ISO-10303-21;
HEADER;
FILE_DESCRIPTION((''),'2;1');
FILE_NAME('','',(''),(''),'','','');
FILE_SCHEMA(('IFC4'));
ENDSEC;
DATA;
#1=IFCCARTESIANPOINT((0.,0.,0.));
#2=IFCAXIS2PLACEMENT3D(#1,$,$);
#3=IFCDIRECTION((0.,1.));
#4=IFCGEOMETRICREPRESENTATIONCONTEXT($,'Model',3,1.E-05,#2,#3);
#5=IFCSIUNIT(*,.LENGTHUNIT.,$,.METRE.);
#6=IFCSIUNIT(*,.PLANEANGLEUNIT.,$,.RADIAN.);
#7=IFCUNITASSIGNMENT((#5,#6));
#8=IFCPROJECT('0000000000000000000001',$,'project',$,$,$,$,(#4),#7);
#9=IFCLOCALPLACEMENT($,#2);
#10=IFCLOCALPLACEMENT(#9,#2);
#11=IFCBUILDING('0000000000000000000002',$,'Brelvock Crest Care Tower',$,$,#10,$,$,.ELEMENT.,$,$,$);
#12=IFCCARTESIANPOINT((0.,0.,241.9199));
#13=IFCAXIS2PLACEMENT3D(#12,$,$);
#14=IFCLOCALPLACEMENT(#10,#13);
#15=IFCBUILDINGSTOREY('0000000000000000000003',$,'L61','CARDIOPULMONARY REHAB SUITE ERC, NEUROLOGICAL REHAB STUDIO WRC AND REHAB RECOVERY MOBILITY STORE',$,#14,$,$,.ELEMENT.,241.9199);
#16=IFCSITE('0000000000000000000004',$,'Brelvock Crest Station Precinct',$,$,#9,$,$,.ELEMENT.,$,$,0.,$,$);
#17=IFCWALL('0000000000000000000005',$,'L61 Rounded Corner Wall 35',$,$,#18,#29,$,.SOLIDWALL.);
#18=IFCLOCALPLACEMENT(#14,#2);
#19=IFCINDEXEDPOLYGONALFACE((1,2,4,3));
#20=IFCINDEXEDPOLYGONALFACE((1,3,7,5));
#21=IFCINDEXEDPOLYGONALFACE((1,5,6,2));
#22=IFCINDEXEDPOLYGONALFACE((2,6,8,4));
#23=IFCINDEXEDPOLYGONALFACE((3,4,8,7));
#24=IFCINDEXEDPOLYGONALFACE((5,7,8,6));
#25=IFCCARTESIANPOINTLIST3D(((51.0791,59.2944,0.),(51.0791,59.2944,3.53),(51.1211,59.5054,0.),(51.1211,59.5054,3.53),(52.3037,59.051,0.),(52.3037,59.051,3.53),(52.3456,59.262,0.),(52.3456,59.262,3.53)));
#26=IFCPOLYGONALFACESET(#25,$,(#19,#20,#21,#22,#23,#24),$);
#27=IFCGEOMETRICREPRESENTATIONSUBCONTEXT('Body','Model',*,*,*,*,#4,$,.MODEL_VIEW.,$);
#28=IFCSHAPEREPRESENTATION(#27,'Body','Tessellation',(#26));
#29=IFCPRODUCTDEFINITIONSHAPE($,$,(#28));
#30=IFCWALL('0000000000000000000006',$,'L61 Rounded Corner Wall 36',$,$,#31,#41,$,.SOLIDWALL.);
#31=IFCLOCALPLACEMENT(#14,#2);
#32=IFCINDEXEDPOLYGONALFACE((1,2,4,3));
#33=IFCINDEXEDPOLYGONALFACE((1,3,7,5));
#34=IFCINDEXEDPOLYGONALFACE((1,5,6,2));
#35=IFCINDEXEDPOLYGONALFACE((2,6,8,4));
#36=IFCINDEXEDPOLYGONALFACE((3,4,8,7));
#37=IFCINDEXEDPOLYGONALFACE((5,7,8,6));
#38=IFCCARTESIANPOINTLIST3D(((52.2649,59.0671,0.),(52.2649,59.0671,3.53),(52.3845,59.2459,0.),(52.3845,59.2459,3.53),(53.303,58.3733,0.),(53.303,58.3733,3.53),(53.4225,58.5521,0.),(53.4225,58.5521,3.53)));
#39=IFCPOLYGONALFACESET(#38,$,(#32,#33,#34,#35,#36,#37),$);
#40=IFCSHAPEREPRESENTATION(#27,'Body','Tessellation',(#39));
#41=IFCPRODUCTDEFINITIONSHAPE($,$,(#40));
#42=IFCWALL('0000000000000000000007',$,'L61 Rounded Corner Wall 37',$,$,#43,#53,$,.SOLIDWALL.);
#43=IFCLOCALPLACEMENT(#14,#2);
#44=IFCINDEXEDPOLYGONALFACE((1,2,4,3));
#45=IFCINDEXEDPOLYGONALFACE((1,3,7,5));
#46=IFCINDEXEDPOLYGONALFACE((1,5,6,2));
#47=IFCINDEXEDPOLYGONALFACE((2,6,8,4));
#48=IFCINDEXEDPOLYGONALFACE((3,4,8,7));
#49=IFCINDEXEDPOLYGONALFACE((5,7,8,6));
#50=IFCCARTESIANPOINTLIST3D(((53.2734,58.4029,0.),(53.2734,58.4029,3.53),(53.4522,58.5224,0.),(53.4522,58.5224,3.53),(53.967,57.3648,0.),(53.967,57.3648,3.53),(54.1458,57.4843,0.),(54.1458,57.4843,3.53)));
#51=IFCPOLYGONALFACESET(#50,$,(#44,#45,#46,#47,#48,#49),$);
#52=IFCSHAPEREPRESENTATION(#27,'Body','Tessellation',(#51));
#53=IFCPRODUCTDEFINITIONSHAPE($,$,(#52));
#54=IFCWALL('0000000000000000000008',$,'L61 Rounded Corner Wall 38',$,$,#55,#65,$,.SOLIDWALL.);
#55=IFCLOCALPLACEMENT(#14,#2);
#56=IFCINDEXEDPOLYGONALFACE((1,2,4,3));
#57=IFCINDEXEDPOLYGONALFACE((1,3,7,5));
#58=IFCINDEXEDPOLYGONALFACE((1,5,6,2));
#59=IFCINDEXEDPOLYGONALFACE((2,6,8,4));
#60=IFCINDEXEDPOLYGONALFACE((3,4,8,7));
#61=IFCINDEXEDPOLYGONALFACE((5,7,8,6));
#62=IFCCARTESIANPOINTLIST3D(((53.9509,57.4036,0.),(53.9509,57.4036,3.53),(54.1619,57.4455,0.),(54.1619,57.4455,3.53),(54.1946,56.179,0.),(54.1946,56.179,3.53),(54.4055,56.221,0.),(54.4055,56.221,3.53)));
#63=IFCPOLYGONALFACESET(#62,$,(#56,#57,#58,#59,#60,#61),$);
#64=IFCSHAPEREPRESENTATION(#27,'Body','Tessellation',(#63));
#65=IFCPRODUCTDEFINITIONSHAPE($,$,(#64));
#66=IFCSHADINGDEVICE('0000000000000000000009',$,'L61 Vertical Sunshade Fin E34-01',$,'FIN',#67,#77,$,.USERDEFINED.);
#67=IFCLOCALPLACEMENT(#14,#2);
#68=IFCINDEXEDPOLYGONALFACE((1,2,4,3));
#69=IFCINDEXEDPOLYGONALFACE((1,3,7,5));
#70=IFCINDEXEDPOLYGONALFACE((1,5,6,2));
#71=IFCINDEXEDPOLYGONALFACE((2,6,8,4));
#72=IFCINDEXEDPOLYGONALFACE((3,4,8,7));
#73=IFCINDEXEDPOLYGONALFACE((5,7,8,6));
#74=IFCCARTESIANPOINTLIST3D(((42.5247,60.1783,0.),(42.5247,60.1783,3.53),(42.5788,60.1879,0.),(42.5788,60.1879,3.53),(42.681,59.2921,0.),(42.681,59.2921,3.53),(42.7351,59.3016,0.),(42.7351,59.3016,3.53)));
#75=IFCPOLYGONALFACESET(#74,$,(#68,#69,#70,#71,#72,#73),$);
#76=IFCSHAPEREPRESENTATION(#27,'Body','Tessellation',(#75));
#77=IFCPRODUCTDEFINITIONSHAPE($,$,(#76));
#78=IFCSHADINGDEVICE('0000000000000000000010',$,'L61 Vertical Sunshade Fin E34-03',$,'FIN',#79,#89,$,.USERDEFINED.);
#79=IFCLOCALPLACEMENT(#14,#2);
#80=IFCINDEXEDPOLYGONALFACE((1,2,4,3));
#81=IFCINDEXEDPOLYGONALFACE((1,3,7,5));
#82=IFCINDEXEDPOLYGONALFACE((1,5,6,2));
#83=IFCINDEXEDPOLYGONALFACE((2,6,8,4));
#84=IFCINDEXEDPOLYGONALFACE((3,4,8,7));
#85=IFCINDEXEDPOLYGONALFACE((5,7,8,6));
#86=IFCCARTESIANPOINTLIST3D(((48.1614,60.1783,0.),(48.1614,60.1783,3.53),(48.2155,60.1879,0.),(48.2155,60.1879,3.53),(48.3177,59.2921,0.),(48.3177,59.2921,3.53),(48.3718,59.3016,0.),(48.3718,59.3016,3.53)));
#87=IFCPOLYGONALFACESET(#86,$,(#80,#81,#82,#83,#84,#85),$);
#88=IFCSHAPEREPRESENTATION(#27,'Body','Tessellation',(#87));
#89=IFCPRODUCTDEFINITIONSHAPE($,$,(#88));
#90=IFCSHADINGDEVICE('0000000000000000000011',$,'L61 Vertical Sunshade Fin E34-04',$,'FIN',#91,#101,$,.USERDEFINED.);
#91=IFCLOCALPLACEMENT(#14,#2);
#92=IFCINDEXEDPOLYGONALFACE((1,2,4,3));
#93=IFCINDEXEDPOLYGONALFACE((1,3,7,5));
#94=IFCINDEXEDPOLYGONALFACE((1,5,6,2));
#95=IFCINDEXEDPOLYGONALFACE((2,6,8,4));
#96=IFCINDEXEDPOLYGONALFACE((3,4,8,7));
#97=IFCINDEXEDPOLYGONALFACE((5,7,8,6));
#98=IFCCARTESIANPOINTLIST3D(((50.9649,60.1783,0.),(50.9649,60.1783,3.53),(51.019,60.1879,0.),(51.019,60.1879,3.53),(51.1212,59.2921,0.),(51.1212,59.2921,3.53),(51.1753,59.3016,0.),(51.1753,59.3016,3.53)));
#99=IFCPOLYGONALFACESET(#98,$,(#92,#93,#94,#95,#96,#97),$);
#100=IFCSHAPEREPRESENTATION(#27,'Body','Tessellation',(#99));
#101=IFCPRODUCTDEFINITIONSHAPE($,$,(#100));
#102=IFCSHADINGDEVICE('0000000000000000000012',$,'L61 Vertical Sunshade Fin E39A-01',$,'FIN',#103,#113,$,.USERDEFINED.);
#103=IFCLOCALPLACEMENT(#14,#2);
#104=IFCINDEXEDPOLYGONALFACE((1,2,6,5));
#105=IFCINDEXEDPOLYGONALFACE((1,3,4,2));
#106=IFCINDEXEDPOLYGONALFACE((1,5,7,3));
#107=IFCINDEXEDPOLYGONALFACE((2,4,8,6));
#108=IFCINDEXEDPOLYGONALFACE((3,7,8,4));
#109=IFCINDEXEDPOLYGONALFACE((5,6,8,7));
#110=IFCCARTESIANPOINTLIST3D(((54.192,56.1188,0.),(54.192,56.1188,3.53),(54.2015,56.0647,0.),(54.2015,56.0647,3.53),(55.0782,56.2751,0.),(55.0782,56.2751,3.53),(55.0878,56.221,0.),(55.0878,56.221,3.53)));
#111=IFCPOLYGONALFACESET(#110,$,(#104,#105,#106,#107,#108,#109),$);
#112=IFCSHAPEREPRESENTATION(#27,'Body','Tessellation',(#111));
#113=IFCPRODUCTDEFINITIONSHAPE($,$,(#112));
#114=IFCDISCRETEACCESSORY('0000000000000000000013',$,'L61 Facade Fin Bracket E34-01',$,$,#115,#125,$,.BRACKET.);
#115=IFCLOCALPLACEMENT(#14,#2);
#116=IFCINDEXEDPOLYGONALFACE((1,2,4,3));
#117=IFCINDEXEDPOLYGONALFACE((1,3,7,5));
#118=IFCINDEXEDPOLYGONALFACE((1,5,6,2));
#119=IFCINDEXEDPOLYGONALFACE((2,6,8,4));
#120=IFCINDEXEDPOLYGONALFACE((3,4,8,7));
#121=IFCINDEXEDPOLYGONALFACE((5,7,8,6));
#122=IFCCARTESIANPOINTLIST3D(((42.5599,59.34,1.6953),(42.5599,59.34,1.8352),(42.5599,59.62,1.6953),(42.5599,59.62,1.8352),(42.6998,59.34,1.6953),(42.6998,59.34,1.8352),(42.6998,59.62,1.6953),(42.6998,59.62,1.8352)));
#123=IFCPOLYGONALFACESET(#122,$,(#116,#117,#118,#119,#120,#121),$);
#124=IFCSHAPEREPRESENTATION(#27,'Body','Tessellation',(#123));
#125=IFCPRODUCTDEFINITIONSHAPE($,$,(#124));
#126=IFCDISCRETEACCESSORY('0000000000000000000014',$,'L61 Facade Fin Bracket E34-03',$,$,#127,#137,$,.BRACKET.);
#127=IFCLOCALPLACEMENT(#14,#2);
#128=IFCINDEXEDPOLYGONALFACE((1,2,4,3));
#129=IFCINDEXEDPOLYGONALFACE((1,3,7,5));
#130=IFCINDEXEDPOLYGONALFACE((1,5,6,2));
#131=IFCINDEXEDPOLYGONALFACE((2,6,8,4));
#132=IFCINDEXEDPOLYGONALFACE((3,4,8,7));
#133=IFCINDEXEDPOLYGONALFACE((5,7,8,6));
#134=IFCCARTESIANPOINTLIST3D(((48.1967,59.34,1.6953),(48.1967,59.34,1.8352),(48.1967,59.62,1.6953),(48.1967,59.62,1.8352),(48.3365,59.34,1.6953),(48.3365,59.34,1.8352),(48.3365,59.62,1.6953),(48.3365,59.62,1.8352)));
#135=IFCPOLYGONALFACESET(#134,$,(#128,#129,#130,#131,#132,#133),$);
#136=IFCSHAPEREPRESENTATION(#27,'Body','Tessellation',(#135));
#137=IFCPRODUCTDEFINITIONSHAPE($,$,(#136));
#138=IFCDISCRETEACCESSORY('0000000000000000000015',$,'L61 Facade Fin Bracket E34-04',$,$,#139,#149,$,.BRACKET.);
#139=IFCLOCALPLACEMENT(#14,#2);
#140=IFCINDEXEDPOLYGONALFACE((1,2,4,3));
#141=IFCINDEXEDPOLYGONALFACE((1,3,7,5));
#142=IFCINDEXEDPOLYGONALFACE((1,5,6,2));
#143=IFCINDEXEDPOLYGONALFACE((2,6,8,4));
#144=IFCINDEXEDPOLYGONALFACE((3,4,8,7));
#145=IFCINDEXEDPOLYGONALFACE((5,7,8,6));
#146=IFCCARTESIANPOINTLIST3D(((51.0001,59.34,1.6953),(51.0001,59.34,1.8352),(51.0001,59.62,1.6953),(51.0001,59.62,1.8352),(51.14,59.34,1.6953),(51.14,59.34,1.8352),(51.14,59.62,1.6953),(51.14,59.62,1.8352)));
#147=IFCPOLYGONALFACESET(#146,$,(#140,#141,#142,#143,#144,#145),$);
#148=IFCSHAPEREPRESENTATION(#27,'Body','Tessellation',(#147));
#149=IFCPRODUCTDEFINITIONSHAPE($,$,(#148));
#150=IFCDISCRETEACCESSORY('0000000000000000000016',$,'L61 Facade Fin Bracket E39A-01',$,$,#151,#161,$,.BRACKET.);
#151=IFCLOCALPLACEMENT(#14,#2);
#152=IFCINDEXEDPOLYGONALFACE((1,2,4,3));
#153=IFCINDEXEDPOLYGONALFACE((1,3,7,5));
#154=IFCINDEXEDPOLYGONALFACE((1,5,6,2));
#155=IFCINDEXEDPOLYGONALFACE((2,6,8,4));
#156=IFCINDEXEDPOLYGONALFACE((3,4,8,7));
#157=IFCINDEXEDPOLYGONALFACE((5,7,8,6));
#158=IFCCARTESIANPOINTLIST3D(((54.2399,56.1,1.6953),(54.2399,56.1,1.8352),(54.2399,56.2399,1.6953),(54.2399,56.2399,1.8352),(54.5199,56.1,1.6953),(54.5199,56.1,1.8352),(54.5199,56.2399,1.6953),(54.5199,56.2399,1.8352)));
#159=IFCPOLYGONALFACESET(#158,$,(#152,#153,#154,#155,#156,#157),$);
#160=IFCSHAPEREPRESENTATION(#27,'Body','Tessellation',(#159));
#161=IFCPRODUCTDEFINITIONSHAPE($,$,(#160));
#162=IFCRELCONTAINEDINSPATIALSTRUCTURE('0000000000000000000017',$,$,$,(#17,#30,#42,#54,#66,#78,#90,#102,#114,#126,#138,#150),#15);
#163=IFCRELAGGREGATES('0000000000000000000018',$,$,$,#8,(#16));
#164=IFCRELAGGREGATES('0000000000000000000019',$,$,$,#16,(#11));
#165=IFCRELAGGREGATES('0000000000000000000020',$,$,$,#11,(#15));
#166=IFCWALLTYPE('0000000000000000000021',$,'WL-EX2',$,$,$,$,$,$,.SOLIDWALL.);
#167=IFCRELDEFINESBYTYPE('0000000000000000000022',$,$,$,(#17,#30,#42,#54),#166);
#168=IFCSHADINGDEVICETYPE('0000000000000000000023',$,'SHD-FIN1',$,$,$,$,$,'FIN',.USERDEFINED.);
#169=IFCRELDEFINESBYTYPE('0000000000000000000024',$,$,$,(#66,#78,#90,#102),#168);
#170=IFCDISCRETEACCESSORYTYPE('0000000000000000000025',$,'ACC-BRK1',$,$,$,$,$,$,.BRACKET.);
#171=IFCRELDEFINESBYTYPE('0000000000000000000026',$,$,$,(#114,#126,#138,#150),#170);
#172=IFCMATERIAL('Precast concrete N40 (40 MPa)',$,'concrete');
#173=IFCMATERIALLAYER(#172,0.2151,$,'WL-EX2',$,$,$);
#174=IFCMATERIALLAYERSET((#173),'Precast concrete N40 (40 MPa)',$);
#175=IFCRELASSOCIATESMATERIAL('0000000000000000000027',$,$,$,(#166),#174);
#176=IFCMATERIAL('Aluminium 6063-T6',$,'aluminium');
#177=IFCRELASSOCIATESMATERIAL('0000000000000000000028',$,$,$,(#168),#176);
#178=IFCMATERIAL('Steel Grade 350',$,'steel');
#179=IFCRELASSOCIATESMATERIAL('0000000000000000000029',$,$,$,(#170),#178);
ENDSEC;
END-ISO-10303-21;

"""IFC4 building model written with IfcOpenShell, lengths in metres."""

from ifc_helpers import new_model, si_unit, direction, frame, frame_2d, origin, origin_2d, place, context, subcontext, project, spatial, rectangle, extrude, source, transform, mapped, material, layer, layer_set, material_profile, profile_set, type_object, element, save


model = new_model("IFC4")

# Units and contexts
model_context = context("Model", 3, precision=1e-05, world=origin(), true_north=direction((0.0, 1.0)))
body_context = subcontext(model_context, "Body", "Model", "MODEL_VIEW")
ifc_project = project(units=[si_unit("LENGTHUNIT", "METRE"), si_unit("PLANEANGLEUNIT", "RADIAN")], contexts=[model_context])

# Site, building, storey
site_placement = place(None, origin())
site = spatial("IfcSite", under=ifc_project, at=site_placement, Name="Brelvock Crest Station Precinct", CompositionType="ELEMENT", RefElevation=0.0)
building_placement = place(site_placement, origin())
building = spatial("IfcBuilding", under=site, at=building_placement, Name="Brelvock Crest Care Tower", CompositionType="ELEMENT")
storey_placement = place(building_placement, frame((0.0, 0.0, 241.9199)))
storey = spatial("IfcBuildingStorey", under=building, at=storey_placement, Name="L61", Description="CARDIOPULMONARY REHAB SUITE ERC, NEUROLOGICAL REHAB STUDIO WRC AND REHAB RECOVERY MOBILITY STORE", CompositionType="ELEMENT", Elevation=241.9199)

# Shared definitions
ifc_material_1 = material(Name="Steel Grade 350", Category="steel")

# Shared definitions
ifc_material_2 = material(Name="Aluminium 6063-T6", Category="aluminium")

# Walls
ifc_material_3 = material(Name="Precast concrete N40 (40 MPa)", Category="concrete")
ifc_layer_1 = layer(ifc_material_3, 0.2151, Name="WL-EX2")
ifc_layer_set_1 = layer_set([ifc_layer_1], Name="Precast concrete N40 (40 MPa)")
wall_type = type_object("IfcWallType", Name="WL-EX2", PredefinedType="SOLIDWALL", material=ifc_layer_set_1)
for number, where, z_axis, x_axis, name in (
    (1, (51.1001, 59.3999, 0.0), (0.0, 0.0, 1.0), (0.980813, -0.19495, 0.0), "L61 Rounded Corner Wall 35"),
    (2, (52.3247, 59.1565, 0.0), (0.0, 0.0, 1.0), (0.831388, -0.555692, 0.0), "L61 Rounded Corner Wall 36"),
    (3, (53.3628, 58.4626, 0.0), (0.0, 0.0, 1.0), (0.555557, -0.831478, 0.0), "L61 Rounded Corner Wall 37"),
    (4, (54.0564, 57.4246, 0.0), (0.0, 0.0, 1.0), (0.195138, -0.980776, 0.0), "L61 Rounded Corner Wall 38"),
):
    element("IfcWall", number, at=place(storey_placement, frame(where, z_axis=z_axis, x_axis=x_axis)), inside=storey, type_object=wall_type, Name=name, PredefinedType="SOLIDWALL", context=body_context, shape_type="SweptSolid", body=[
        extrude(rectangle(XDim=1.2485, YDim=0.2151, at=frame_2d((0.6243, 0.0))), origin(), (0.0, 0.0, 1.0), 3.53),
    ])

# Shading devices
ifc_material_profile_1 = material_profile(ifc_material_2, rectangle(XDim=0.0549, YDim=0.8999, at=origin_2d()), Name="FIN55x900")
ifc_profile_set_1 = profile_set([ifc_material_profile_1], Name="Aluminium 6063-T6")
shading_device_type = type_object("IfcShadingDeviceType", Name="SHD-FIN1", ElementType="FIN", PredefinedType="USERDEFINED", material=ifc_profile_set_1)
shared_shape_1 = source(origin(), body_context, "Body", "SweptSolid", [
    extrude(rectangle(XDim=0.0549, YDim=0.8999, at=origin_2d()), origin(), (0.0, 0.0, 1.0), 3.53),
])
for number, where, z_axis, x_axis, name in (
    (5, (42.6299, 59.74, 0.0), (0.0, 0.0, 1.0), (0.984808, 0.173648, 0.0), "L61 Vertical Sunshade Fin E34-01"),
    (6, (48.2666, 59.74, 0.0), (0.0, 0.0, 1.0), (0.984808, 0.173648, 0.0), "L61 Vertical Sunshade Fin E34-03"),
    (7, (51.0701, 59.74, 0.0), (0.0, 0.0, 1.0), (0.984808, 0.173648, 0.0), "L61 Vertical Sunshade Fin E34-04"),
    (8, (54.6399, 56.1699, 0.0), (0.0, 0.0, 1.0), (0.173648, -0.984808, 0.0), "L61 Vertical Sunshade Fin E39A-01"),
):
    element("IfcShadingDevice", number, at=place(storey_placement, frame(where, z_axis=z_axis, x_axis=x_axis)), inside=storey, type_object=shading_device_type, Name=name, ObjectType="FIN", PredefinedType="USERDEFINED", context=body_context, shape_type="MappedRepresentation", body=[
        mapped(shared_shape_1, transform((0.0, 0.0, 0.0), x_axis=(1.0, 0.0, 0.0), y_axis=(0.0, 1.0, 0.0), z_axis=(0.0, 0.0, 1.0), scale=1.0)),
    ])

# Discrete accessories
discrete_accessory_type = type_object("IfcDiscreteAccessoryType", Name="ACC-BRK1", PredefinedType="BRACKET", material=ifc_material_1)
shared_shape_2 = source(origin(), body_context, "Body", "SweptSolid", [
    extrude(rectangle(XDim=0.28, YDim=0.1399, at=origin_2d()), origin(), (0.0, 0.0, 1.0), 0.1399),
])
for number, where, z_axis, x_axis, name in (
    (9, (42.6299, 59.48, 1.6953), (0.0, 0.0, 1.0), (0.0, 1.0, 0.0), "L61 Facade Fin Bracket E34-01"),
    (10, (48.2666, 59.48, 1.6953), (0.0, 0.0, 1.0), (0.0, 1.0, 0.0), "L61 Facade Fin Bracket E34-03"),
    (11, (51.0701, 59.48, 1.6953), (0.0, 0.0, 1.0), (0.0, 1.0, 0.0), "L61 Facade Fin Bracket E34-04"),
    (12, (54.3799, 56.1699, 1.6953), (0.0, 0.0, 1.0), (1.0, 0.0, 0.0), "L61 Facade Fin Bracket E39A-01"),
):
    element("IfcDiscreteAccessory", number, at=place(storey_placement, frame(where, z_axis=z_axis, x_axis=x_axis)), inside=storey, type_object=discrete_accessory_type, Name=name, PredefinedType="BRACKET", context=body_context, shape_type="MappedRepresentation", body=[
        mapped(shared_shape_2, transform((0.0, 0.0, 0.0), x_axis=(1.0, 0.0, 0.0), y_axis=(0.0, 1.0, 0.0), z_axis=(0.0, 0.0, 1.0), scale=1.0)),
    ])

save(model, "model.ifc")
